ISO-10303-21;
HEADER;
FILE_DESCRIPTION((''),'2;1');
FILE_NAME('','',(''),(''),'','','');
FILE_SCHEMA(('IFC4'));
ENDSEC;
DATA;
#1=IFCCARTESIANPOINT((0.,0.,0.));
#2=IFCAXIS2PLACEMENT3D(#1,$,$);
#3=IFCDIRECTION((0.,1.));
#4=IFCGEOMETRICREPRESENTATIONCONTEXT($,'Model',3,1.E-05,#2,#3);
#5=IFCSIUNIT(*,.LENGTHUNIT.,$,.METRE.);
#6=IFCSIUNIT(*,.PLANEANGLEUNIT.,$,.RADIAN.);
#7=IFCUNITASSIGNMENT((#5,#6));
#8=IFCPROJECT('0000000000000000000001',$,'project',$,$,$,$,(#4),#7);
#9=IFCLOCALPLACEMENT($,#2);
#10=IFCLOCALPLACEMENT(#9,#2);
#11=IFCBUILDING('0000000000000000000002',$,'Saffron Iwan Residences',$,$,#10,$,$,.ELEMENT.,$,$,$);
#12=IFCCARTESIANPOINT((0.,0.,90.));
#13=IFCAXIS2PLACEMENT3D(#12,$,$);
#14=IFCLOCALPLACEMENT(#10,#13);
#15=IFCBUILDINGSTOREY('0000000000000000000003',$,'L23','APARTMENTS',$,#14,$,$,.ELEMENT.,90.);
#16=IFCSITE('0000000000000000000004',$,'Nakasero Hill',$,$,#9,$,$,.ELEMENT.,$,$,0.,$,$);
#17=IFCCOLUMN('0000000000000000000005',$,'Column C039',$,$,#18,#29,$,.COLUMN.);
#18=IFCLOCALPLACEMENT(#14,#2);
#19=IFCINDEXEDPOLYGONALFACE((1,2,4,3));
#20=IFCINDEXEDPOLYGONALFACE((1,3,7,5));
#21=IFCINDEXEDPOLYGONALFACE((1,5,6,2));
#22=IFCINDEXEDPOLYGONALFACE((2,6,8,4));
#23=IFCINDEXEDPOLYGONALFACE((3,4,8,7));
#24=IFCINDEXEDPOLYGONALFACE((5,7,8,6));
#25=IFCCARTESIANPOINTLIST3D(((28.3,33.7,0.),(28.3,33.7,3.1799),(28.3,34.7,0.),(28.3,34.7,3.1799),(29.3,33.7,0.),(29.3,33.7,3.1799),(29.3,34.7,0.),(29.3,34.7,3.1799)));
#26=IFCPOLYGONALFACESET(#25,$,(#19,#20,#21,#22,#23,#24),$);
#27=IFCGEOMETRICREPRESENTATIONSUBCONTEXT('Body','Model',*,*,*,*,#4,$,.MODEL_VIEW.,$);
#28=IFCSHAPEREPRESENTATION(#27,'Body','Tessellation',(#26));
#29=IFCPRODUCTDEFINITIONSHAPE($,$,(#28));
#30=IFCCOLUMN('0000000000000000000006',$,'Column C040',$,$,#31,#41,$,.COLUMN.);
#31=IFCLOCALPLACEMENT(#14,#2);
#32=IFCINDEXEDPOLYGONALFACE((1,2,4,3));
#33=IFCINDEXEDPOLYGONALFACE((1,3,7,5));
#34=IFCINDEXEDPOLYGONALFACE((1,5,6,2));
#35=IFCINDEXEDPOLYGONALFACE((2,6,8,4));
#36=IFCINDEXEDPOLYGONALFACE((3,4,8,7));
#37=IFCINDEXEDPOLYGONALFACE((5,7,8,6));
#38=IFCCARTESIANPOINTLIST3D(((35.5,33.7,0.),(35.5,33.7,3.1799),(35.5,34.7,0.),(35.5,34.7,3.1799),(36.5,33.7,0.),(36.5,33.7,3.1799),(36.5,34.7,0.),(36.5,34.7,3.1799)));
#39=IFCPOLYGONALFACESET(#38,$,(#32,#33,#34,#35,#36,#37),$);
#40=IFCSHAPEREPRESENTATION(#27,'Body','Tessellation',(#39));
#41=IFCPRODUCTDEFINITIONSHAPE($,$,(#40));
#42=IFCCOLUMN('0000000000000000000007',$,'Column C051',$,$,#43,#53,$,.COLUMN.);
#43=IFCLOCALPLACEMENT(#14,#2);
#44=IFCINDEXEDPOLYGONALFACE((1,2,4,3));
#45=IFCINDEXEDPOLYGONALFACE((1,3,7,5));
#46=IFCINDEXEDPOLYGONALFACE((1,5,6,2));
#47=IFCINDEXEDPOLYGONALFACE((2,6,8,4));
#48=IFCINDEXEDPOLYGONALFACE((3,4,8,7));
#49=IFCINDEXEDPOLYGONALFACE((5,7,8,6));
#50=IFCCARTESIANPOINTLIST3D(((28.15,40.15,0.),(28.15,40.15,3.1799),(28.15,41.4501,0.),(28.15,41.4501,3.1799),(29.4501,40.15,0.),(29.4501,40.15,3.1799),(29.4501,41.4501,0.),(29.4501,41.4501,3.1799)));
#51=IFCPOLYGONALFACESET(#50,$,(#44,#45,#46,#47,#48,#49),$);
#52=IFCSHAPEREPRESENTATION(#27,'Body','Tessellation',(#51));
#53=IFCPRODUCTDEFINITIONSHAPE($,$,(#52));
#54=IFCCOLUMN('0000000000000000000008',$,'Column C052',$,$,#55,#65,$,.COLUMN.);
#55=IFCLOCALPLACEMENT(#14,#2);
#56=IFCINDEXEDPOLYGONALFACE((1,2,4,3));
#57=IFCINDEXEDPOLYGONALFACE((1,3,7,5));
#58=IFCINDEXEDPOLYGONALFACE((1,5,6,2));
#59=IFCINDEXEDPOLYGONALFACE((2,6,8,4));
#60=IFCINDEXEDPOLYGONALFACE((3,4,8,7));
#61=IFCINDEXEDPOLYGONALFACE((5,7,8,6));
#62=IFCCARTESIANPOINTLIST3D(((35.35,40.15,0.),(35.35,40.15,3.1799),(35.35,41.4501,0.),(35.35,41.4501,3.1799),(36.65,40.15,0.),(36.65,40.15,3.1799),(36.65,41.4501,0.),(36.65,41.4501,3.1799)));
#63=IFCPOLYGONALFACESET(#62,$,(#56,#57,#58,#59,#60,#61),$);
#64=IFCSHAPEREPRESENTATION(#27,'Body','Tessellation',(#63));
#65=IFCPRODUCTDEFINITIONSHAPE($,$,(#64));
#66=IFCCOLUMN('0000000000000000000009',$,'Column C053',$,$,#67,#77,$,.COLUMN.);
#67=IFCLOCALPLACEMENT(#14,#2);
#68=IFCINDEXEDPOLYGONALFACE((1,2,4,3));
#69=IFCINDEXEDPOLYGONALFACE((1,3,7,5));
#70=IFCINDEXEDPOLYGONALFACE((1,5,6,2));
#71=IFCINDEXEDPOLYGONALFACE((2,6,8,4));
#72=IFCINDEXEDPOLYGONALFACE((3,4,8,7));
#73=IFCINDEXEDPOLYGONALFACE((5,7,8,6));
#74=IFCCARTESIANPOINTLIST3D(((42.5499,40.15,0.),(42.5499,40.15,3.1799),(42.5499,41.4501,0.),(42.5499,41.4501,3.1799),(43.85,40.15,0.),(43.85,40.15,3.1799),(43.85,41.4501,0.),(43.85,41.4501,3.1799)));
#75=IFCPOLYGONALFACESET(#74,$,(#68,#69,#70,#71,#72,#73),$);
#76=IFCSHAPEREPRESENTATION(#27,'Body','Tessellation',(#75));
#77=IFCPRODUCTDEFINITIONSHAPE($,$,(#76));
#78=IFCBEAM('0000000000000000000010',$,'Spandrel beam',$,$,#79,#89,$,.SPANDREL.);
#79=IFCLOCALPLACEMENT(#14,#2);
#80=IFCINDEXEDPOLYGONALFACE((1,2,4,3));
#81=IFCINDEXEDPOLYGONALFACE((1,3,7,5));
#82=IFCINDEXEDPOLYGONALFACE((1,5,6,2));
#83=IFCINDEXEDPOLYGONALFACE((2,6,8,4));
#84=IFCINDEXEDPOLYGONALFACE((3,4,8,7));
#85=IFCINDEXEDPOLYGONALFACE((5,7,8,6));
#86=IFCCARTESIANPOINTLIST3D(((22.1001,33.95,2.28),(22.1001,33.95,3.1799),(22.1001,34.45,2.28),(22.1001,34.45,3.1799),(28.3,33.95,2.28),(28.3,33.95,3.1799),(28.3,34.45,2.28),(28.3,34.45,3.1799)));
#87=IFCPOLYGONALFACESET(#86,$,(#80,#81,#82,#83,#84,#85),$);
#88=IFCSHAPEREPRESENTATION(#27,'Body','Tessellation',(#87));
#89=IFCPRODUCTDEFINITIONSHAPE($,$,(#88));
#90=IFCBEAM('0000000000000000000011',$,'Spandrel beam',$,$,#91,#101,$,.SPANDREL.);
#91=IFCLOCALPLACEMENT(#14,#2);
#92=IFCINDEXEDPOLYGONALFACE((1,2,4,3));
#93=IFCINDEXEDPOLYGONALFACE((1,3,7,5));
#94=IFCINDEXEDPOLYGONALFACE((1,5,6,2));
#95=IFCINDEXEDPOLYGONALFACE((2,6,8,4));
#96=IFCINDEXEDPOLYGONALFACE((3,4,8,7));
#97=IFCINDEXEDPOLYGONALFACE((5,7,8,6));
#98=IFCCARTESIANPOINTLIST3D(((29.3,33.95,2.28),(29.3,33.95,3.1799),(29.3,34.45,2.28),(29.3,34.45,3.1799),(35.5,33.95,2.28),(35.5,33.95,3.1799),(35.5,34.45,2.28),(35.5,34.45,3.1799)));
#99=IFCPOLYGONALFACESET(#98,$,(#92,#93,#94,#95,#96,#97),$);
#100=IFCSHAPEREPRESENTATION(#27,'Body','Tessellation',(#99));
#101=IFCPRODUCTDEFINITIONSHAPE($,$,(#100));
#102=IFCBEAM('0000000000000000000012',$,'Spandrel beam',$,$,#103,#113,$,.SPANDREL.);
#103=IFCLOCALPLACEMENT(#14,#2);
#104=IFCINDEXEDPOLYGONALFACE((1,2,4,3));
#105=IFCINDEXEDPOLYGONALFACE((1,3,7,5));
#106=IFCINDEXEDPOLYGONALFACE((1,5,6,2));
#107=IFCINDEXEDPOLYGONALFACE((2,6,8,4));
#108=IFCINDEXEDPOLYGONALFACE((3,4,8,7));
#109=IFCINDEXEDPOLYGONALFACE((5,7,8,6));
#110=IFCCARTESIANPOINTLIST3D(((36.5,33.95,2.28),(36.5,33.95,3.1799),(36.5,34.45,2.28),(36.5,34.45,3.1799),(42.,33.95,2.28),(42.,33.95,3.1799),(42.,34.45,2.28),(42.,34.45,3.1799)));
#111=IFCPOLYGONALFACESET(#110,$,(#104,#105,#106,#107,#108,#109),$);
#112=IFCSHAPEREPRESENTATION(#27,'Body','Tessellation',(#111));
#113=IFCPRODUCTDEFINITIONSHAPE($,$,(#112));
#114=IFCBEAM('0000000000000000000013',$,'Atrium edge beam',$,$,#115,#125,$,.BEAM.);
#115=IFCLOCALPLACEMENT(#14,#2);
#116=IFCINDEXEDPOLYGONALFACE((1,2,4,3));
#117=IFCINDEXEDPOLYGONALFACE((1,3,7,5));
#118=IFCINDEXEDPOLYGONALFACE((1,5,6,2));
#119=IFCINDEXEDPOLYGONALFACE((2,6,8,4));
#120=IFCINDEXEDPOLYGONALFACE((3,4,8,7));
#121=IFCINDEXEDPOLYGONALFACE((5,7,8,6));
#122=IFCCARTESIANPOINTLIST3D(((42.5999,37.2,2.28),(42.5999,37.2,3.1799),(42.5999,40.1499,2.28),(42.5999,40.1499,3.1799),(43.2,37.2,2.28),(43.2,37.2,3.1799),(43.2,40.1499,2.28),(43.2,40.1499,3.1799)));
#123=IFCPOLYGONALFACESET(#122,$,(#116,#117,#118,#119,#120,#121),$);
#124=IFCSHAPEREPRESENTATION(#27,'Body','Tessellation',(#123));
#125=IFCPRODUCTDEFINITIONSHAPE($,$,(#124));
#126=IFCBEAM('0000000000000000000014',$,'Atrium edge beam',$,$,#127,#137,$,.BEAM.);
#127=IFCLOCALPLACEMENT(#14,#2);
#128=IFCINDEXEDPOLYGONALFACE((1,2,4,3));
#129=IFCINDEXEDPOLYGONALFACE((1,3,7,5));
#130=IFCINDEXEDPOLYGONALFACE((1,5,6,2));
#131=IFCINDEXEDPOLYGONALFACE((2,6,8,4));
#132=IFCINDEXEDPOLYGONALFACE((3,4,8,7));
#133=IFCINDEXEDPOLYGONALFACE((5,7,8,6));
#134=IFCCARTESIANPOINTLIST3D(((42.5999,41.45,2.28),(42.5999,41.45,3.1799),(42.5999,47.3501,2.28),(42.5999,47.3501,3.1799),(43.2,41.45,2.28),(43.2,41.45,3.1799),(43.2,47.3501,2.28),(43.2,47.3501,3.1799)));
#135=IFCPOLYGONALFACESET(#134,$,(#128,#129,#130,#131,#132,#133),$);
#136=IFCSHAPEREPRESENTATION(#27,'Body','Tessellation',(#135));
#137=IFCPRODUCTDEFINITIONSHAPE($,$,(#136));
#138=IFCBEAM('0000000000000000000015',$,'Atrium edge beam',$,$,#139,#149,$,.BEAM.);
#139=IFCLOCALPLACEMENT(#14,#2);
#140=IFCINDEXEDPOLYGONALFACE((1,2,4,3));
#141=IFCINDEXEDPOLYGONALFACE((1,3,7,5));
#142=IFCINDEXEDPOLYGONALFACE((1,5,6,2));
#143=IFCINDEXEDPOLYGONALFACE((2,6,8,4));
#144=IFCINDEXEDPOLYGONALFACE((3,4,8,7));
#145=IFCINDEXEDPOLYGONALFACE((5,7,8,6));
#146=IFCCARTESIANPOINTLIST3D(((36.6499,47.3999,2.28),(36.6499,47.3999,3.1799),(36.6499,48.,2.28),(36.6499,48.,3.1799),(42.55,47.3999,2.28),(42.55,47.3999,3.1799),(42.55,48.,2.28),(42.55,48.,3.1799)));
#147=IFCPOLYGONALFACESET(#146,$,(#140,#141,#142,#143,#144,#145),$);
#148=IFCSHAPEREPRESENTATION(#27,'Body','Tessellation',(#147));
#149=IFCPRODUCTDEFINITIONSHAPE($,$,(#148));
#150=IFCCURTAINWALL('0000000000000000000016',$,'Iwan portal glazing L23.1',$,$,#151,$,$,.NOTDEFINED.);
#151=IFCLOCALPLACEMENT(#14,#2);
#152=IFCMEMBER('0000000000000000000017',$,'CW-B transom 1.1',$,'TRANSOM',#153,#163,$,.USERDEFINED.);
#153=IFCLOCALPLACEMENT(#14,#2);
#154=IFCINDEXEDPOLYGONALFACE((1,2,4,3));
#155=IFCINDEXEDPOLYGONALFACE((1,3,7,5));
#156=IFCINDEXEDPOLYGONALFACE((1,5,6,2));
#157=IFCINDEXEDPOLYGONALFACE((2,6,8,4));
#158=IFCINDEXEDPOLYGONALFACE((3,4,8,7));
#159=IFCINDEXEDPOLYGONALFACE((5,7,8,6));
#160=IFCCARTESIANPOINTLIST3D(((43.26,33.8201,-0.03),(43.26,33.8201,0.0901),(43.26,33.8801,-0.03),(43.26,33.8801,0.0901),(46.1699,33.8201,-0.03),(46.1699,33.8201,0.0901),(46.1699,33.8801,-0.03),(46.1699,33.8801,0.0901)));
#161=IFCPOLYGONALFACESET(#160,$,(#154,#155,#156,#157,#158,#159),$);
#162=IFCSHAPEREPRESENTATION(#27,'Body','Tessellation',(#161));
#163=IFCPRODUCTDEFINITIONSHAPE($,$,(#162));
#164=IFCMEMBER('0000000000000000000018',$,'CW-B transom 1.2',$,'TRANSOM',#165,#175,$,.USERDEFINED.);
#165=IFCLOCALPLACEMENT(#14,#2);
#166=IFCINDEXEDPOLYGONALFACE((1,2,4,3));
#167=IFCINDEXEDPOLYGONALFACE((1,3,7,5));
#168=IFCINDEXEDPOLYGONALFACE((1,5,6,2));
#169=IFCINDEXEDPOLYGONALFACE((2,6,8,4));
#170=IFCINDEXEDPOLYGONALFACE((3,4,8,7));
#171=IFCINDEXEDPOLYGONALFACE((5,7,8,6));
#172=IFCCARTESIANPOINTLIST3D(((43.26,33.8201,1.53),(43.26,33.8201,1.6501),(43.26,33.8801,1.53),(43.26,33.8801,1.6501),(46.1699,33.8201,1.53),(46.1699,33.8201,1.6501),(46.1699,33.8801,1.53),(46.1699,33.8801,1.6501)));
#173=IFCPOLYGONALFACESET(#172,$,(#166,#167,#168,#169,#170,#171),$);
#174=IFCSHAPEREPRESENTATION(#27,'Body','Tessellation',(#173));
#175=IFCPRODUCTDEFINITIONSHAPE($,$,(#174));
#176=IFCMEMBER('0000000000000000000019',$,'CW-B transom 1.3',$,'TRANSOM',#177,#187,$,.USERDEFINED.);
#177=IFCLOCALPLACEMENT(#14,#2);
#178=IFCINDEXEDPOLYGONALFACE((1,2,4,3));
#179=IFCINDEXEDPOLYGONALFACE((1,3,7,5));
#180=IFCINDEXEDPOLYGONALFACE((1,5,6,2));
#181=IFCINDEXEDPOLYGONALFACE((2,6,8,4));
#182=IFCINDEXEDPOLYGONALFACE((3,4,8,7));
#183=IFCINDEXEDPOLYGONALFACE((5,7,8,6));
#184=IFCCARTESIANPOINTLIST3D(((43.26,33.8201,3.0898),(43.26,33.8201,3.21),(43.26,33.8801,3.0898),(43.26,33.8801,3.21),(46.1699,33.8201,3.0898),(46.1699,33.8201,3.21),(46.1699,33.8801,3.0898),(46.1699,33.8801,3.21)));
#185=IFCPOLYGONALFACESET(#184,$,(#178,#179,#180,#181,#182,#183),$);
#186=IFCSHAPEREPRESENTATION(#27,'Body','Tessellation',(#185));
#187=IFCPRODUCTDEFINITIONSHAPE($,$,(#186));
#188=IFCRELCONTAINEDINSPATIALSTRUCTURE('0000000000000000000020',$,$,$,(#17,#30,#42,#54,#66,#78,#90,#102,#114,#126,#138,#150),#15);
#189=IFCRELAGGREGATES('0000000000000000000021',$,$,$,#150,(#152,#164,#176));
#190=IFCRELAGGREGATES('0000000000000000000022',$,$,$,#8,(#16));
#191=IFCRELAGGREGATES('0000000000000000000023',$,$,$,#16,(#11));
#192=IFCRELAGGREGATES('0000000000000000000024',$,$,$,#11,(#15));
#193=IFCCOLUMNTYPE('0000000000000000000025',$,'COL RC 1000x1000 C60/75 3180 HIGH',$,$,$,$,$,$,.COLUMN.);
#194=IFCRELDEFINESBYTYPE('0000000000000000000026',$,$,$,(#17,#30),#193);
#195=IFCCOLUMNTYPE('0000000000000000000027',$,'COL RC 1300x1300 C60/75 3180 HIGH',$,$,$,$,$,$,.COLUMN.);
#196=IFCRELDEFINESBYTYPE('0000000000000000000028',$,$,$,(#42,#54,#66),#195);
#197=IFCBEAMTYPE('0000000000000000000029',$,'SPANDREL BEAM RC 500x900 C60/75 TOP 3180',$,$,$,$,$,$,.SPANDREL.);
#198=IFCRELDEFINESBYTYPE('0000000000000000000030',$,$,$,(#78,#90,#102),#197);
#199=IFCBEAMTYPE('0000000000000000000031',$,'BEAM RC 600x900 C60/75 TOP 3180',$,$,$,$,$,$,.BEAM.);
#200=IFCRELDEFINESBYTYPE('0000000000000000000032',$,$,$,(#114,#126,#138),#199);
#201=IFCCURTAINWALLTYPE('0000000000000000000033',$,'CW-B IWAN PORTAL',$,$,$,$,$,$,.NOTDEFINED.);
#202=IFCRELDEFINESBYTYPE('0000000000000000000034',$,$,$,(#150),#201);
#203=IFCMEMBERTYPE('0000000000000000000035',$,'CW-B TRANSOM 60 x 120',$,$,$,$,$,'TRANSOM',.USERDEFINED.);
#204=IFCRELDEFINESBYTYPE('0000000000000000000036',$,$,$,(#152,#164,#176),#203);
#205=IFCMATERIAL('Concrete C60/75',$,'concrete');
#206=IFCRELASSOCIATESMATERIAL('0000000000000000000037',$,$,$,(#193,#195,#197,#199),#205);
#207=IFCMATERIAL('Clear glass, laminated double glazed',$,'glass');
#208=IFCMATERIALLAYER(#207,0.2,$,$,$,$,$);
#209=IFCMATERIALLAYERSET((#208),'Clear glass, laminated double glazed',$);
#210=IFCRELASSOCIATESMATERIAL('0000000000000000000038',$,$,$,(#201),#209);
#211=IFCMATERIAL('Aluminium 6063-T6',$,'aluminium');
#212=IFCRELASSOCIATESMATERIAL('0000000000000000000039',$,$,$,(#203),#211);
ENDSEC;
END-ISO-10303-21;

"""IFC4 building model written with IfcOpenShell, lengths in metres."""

from ifc_helpers import new_model, si_unit, direction, frame, origin, origin_2d, place, context, subcontext, project, spatial, rectangle, extrude, source, transform, mapped, material, layer, layer_set, material_profile, profile_set, type_object, element, aggregate, save


model = new_model("IFC4")

# Units and contexts
model_context = context("Model", 3, precision=1e-05, world=origin(), true_north=direction((0.0, 1.0)))
body_context = subcontext(model_context, "Body", "Model", "MODEL_VIEW")
ifc_project = project(units=[si_unit("LENGTHUNIT", "METRE"), si_unit("PLANEANGLEUNIT", "RADIAN")], contexts=[model_context])

# Site, building, storey
site_placement = place(None, origin())
site = spatial("IfcSite", under=ifc_project, at=site_placement, Name="Nakasero Hill", CompositionType="ELEMENT", RefElevation=0.0)
building_placement = place(site_placement, origin())
building = spatial("IfcBuilding", under=site, at=building_placement, Name="Saffron Iwan Residences", CompositionType="ELEMENT")
storey_placement = place(building_placement, frame((0.0, 0.0, 90.0)))
storey = spatial("IfcBuildingStorey", under=building, at=storey_placement, Name="L23", Description="APARTMENTS", CompositionType="ELEMENT", Elevation=90.0)

# Columns
ifc_material_1 = material(Name="Concrete C60/75", Category="concrete")
ifc_material_profile_1 = material_profile(ifc_material_1, rectangle(XDim=1.0, YDim=1.0, at=origin_2d()), Name="RC 1000x1000")
ifc_profile_set_1 = profile_set([ifc_material_profile_1], Name="Concrete C60/75")
column_type_1 = type_object("IfcColumnType", Name="COL RC 1000x1000 C60/75 3180 HIGH", PredefinedType="COLUMN", material=ifc_profile_set_1)
shared_shape_1 = source(origin(), body_context, "Body", "SweptSolid", [
    extrude(rectangle(XDim=1.0, YDim=1.0, at=origin_2d()), origin(), (0.0, 0.0, 1.0), 3.1799),
])
for number, where, z_axis, x_axis, name in (
    (1, (28.8, 34.2, 0.0), (0.0, 0.0, 1.0), (1.0, 0.0, 0.0), "Column C039"),
    (2, (36.0, 34.2, 0.0), (0.0, 0.0, 1.0), (1.0, 0.0, 0.0), "Column C040"),
):
    element("IfcColumn", number, at=place(storey_placement, frame(where, z_axis=z_axis, x_axis=x_axis)), inside=storey, type_object=column_type_1, Name=name, PredefinedType="COLUMN", context=body_context, shape_type="MappedRepresentation", body=[
        mapped(shared_shape_1, transform((0.0, 0.0, 0.0))),
    ])
ifc_material_profile_2 = material_profile(ifc_material_1, rectangle(XDim=1.3, YDim=1.3, at=origin_2d()), Name="RC 1300x1300")
ifc_profile_set_2 = profile_set([ifc_material_profile_2], Name="Concrete C60/75")
column_type_2 = type_object("IfcColumnType", Name="COL RC 1300x1300 C60/75 3180 HIGH", PredefinedType="COLUMN", material=ifc_profile_set_2)
shared_shape_2 = source(origin(), body_context, "Body", "SweptSolid", [
    extrude(rectangle(XDim=1.3, YDim=1.3, at=origin_2d()), origin(), (0.0, 0.0, 1.0), 3.1799),
])
for number, where, z_axis, x_axis, name in (
    (3, (28.8, 40.8, 0.0), (0.0, 0.0, 1.0), (1.0, 0.0, 0.0), "Column C051"),
    (4, (36.0, 40.8, 0.0), (0.0, 0.0, 1.0), (1.0, 0.0, 0.0), "Column C052"),
    (5, (43.2, 40.8, 0.0), (0.0, 0.0, 1.0), (1.0, 0.0, 0.0), "Column C053"),
):
    element("IfcColumn", number, at=place(storey_placement, frame(where, z_axis=z_axis, x_axis=x_axis)), inside=storey, type_object=column_type_2, Name=name, PredefinedType="COLUMN", context=body_context, shape_type="MappedRepresentation", body=[
        mapped(shared_shape_2, transform((0.0, 0.0, 0.0))),
    ])

# Beams
ifc_material_profile_3 = material_profile(ifc_material_1, rectangle(XDim=0.5, YDim=0.8999, at=origin_2d()), Name="RC 500x900")
ifc_profile_set_3 = profile_set([ifc_material_profile_3], Name="Concrete C60/75")
beam_type_1 = type_object("IfcBeamType", Name="SPANDREL BEAM RC 500x900 C60/75 TOP 3180", PredefinedType="SPANDREL", material=ifc_profile_set_3)
shared_shape_3 = source(origin(), body_context, "Body", "SweptSolid", [
    extrude(rectangle(XDim=0.5, YDim=0.8999, at=origin_2d()), origin(), (0.0, 0.0, 1.0), 6.2),
])
for number, where, z_axis, x_axis, name in (
    (6, (28.3, 34.2, 2.73), (-1.0, 0.0, 0.0), (0.0, -1.0, 0.0), "Spandrel beam"),
    (7, (35.5, 34.2, 2.73), (-1.0, 0.0, 0.0), (0.0, -1.0, 0.0), "Spandrel beam"),
):
    element("IfcBeam", number, at=place(storey_placement, frame(where, z_axis=z_axis, x_axis=x_axis)), inside=storey, type_object=beam_type_1, Name=name, PredefinedType="SPANDREL", context=body_context, shape_type="MappedRepresentation", body=[
        mapped(shared_shape_3, transform((0.0, 0.0, 0.0))),
    ])
shared_shape_4 = source(origin(), body_context, "Body", "SweptSolid", [
    extrude(rectangle(XDim=0.5, YDim=0.8999, at=origin_2d()), origin(), (0.0, 0.0, 1.0), 5.5),
])
beam_1_placement = place(storey_placement, frame((42.0, 34.2, 2.73), z_axis=(-1.0, 0.0, 0.0), x_axis=(0.0, -1.0, 0.0)))
element("IfcBeam", 8, at=beam_1_placement, inside=storey, type_object=beam_type_1, Name="Spandrel beam", PredefinedType="SPANDREL", context=body_context, shape_type="MappedRepresentation", body=[
    mapped(shared_shape_4, transform((0.0, 0.0, 0.0))),
])
ifc_material_profile_4 = material_profile(ifc_material_1, rectangle(XDim=0.6001, YDim=0.8999, at=origin_2d()), Name="RC 600x900")
ifc_profile_set_4 = profile_set([ifc_material_profile_4], Name="Concrete C60/75")
beam_type_2 = type_object("IfcBeamType", Name="BEAM RC 600x900 C60/75 TOP 3180", PredefinedType="BEAM", material=ifc_profile_set_4)
shared_shape_5 = source(origin(), body_context, "Body", "SweptSolid", [
    extrude(rectangle(XDim=0.6001, YDim=0.8999, at=origin_2d()), origin(), (0.0, 0.0, 1.0), 2.95),
])
beam_2_placement = place(storey_placement, frame((42.8999, 37.2, 2.73), z_axis=(0.0, 1.0, 0.0), x_axis=(-1.0, 0.0, 0.0)))
element("IfcBeam", 9, at=beam_2_placement, inside=storey, type_object=beam_type_2, Name="Atrium edge beam", PredefinedType="BEAM", context=body_context, shape_type="MappedRepresentation", body=[
    mapped(shared_shape_5, transform((0.0, 0.0, 0.0))),
])
shared_shape_6 = source(origin(), body_context, "Body", "SweptSolid", [
    extrude(rectangle(XDim=0.6001, YDim=0.8999, at=origin_2d()), origin(), (0.0, 0.0, 1.0), 5.9001),
])
for number, where, z_axis, x_axis, name in (
    (10, (42.8999, 41.45, 2.73), (0.0, 1.0, 0.0), (-1.0, 0.0, 0.0), "Atrium edge beam"),
    (11, (42.55, 47.7, 2.73), (-1.0, 0.0, 0.0), (0.0, -1.0, 0.0), "Atrium edge beam"),
):
    element("IfcBeam", number, at=place(storey_placement, frame(where, z_axis=z_axis, x_axis=x_axis)), inside=storey, type_object=beam_type_2, Name=name, PredefinedType="BEAM", context=body_context, shape_type="MappedRepresentation", body=[
        mapped(shared_shape_6, transform((0.0, 0.0, 0.0))),
    ])

# Curtain wall, members
ifc_material_2 = material(Name="Clear glass, laminated double glazed", Category="glass")
ifc_layer_1 = layer(ifc_material_2, 0.2)
ifc_layer_set_1 = layer_set([ifc_layer_1], Name="Clear glass, laminated double glazed")
curtain_wall_type = type_object("IfcCurtainWallType", Name="CW-B IWAN PORTAL", PredefinedType="NOTDEFINED", material=ifc_layer_set_1)
curtain_wall_placement = place(storey_placement, origin())
curtain_wall = element("IfcCurtainWall", 12, at=curtain_wall_placement, inside=storey, type_object=curtain_wall_type, Name="Iwan portal glazing L23.1", PredefinedType="NOTDEFINED")
ifc_material_3 = material(Name="Aluminium 6063-T6", Category="aluminium")
ifc_material_profile_5 = material_profile(ifc_material_3, rectangle(XDim=0.0601, YDim=0.1201, at=origin_2d()), Name="CW-B TRANSOM 60 x 120")
ifc_profile_set_5 = profile_set([ifc_material_profile_5], Name="Aluminium 6063-T6")
member_type = type_object("IfcMemberType", Name="CW-B TRANSOM 60 x 120", ElementType="TRANSOM", PredefinedType="USERDEFINED", material=ifc_profile_set_5)
shared_shape_7 = source(origin(), body_context, "Body", "SweptSolid", [
    extrude(rectangle(XDim=0.0601, YDim=0.1201, at=origin_2d()), origin(), (0.0, 0.0, 1.0), 2.9099),
])
member_1_placement = place(storey_placement, frame((43.26, 33.8501, 0.03), z_axis=(1.0, 0.0, 0.0), x_axis=(0.0, 1.0, 0.0)))
member_1 = element("IfcMember", 13, at=member_1_placement, type_object=member_type, Name="CW-B transom 1.1", ObjectType="TRANSOM", PredefinedType="USERDEFINED", context=body_context, shape_type="MappedRepresentation", body=[
    mapped(shared_shape_7, transform((0.0, 0.0, 0.0))),
])
member_2_placement = place(storey_placement, frame((43.26, 33.8501, 1.5901), z_axis=(1.0, 0.0, 0.0), x_axis=(0.0, 1.0, 0.0)))
member_2 = element("IfcMember", 14, at=member_2_placement, type_object=member_type, Name="CW-B transom 1.2", ObjectType="TRANSOM", PredefinedType="USERDEFINED", context=body_context, shape_type="MappedRepresentation", body=[
    mapped(shared_shape_7, transform((0.0, 0.0, 0.0))),
])
member_3_placement = place(storey_placement, frame((43.26, 33.8501, 3.1499), z_axis=(1.0, 0.0, 0.0), x_axis=(0.0, 1.0, 0.0)))
member_3 = element("IfcMember", 15, at=member_3_placement, type_object=member_type, Name="CW-B transom 1.3", ObjectType="TRANSOM", PredefinedType="USERDEFINED", context=body_context, shape_type="MappedRepresentation", body=[
    mapped(shared_shape_7, transform((0.0, 0.0, 0.0))),
])
aggregate(curtain_wall, [member_1, member_2, member_3])

save(model, "model.ifc")
